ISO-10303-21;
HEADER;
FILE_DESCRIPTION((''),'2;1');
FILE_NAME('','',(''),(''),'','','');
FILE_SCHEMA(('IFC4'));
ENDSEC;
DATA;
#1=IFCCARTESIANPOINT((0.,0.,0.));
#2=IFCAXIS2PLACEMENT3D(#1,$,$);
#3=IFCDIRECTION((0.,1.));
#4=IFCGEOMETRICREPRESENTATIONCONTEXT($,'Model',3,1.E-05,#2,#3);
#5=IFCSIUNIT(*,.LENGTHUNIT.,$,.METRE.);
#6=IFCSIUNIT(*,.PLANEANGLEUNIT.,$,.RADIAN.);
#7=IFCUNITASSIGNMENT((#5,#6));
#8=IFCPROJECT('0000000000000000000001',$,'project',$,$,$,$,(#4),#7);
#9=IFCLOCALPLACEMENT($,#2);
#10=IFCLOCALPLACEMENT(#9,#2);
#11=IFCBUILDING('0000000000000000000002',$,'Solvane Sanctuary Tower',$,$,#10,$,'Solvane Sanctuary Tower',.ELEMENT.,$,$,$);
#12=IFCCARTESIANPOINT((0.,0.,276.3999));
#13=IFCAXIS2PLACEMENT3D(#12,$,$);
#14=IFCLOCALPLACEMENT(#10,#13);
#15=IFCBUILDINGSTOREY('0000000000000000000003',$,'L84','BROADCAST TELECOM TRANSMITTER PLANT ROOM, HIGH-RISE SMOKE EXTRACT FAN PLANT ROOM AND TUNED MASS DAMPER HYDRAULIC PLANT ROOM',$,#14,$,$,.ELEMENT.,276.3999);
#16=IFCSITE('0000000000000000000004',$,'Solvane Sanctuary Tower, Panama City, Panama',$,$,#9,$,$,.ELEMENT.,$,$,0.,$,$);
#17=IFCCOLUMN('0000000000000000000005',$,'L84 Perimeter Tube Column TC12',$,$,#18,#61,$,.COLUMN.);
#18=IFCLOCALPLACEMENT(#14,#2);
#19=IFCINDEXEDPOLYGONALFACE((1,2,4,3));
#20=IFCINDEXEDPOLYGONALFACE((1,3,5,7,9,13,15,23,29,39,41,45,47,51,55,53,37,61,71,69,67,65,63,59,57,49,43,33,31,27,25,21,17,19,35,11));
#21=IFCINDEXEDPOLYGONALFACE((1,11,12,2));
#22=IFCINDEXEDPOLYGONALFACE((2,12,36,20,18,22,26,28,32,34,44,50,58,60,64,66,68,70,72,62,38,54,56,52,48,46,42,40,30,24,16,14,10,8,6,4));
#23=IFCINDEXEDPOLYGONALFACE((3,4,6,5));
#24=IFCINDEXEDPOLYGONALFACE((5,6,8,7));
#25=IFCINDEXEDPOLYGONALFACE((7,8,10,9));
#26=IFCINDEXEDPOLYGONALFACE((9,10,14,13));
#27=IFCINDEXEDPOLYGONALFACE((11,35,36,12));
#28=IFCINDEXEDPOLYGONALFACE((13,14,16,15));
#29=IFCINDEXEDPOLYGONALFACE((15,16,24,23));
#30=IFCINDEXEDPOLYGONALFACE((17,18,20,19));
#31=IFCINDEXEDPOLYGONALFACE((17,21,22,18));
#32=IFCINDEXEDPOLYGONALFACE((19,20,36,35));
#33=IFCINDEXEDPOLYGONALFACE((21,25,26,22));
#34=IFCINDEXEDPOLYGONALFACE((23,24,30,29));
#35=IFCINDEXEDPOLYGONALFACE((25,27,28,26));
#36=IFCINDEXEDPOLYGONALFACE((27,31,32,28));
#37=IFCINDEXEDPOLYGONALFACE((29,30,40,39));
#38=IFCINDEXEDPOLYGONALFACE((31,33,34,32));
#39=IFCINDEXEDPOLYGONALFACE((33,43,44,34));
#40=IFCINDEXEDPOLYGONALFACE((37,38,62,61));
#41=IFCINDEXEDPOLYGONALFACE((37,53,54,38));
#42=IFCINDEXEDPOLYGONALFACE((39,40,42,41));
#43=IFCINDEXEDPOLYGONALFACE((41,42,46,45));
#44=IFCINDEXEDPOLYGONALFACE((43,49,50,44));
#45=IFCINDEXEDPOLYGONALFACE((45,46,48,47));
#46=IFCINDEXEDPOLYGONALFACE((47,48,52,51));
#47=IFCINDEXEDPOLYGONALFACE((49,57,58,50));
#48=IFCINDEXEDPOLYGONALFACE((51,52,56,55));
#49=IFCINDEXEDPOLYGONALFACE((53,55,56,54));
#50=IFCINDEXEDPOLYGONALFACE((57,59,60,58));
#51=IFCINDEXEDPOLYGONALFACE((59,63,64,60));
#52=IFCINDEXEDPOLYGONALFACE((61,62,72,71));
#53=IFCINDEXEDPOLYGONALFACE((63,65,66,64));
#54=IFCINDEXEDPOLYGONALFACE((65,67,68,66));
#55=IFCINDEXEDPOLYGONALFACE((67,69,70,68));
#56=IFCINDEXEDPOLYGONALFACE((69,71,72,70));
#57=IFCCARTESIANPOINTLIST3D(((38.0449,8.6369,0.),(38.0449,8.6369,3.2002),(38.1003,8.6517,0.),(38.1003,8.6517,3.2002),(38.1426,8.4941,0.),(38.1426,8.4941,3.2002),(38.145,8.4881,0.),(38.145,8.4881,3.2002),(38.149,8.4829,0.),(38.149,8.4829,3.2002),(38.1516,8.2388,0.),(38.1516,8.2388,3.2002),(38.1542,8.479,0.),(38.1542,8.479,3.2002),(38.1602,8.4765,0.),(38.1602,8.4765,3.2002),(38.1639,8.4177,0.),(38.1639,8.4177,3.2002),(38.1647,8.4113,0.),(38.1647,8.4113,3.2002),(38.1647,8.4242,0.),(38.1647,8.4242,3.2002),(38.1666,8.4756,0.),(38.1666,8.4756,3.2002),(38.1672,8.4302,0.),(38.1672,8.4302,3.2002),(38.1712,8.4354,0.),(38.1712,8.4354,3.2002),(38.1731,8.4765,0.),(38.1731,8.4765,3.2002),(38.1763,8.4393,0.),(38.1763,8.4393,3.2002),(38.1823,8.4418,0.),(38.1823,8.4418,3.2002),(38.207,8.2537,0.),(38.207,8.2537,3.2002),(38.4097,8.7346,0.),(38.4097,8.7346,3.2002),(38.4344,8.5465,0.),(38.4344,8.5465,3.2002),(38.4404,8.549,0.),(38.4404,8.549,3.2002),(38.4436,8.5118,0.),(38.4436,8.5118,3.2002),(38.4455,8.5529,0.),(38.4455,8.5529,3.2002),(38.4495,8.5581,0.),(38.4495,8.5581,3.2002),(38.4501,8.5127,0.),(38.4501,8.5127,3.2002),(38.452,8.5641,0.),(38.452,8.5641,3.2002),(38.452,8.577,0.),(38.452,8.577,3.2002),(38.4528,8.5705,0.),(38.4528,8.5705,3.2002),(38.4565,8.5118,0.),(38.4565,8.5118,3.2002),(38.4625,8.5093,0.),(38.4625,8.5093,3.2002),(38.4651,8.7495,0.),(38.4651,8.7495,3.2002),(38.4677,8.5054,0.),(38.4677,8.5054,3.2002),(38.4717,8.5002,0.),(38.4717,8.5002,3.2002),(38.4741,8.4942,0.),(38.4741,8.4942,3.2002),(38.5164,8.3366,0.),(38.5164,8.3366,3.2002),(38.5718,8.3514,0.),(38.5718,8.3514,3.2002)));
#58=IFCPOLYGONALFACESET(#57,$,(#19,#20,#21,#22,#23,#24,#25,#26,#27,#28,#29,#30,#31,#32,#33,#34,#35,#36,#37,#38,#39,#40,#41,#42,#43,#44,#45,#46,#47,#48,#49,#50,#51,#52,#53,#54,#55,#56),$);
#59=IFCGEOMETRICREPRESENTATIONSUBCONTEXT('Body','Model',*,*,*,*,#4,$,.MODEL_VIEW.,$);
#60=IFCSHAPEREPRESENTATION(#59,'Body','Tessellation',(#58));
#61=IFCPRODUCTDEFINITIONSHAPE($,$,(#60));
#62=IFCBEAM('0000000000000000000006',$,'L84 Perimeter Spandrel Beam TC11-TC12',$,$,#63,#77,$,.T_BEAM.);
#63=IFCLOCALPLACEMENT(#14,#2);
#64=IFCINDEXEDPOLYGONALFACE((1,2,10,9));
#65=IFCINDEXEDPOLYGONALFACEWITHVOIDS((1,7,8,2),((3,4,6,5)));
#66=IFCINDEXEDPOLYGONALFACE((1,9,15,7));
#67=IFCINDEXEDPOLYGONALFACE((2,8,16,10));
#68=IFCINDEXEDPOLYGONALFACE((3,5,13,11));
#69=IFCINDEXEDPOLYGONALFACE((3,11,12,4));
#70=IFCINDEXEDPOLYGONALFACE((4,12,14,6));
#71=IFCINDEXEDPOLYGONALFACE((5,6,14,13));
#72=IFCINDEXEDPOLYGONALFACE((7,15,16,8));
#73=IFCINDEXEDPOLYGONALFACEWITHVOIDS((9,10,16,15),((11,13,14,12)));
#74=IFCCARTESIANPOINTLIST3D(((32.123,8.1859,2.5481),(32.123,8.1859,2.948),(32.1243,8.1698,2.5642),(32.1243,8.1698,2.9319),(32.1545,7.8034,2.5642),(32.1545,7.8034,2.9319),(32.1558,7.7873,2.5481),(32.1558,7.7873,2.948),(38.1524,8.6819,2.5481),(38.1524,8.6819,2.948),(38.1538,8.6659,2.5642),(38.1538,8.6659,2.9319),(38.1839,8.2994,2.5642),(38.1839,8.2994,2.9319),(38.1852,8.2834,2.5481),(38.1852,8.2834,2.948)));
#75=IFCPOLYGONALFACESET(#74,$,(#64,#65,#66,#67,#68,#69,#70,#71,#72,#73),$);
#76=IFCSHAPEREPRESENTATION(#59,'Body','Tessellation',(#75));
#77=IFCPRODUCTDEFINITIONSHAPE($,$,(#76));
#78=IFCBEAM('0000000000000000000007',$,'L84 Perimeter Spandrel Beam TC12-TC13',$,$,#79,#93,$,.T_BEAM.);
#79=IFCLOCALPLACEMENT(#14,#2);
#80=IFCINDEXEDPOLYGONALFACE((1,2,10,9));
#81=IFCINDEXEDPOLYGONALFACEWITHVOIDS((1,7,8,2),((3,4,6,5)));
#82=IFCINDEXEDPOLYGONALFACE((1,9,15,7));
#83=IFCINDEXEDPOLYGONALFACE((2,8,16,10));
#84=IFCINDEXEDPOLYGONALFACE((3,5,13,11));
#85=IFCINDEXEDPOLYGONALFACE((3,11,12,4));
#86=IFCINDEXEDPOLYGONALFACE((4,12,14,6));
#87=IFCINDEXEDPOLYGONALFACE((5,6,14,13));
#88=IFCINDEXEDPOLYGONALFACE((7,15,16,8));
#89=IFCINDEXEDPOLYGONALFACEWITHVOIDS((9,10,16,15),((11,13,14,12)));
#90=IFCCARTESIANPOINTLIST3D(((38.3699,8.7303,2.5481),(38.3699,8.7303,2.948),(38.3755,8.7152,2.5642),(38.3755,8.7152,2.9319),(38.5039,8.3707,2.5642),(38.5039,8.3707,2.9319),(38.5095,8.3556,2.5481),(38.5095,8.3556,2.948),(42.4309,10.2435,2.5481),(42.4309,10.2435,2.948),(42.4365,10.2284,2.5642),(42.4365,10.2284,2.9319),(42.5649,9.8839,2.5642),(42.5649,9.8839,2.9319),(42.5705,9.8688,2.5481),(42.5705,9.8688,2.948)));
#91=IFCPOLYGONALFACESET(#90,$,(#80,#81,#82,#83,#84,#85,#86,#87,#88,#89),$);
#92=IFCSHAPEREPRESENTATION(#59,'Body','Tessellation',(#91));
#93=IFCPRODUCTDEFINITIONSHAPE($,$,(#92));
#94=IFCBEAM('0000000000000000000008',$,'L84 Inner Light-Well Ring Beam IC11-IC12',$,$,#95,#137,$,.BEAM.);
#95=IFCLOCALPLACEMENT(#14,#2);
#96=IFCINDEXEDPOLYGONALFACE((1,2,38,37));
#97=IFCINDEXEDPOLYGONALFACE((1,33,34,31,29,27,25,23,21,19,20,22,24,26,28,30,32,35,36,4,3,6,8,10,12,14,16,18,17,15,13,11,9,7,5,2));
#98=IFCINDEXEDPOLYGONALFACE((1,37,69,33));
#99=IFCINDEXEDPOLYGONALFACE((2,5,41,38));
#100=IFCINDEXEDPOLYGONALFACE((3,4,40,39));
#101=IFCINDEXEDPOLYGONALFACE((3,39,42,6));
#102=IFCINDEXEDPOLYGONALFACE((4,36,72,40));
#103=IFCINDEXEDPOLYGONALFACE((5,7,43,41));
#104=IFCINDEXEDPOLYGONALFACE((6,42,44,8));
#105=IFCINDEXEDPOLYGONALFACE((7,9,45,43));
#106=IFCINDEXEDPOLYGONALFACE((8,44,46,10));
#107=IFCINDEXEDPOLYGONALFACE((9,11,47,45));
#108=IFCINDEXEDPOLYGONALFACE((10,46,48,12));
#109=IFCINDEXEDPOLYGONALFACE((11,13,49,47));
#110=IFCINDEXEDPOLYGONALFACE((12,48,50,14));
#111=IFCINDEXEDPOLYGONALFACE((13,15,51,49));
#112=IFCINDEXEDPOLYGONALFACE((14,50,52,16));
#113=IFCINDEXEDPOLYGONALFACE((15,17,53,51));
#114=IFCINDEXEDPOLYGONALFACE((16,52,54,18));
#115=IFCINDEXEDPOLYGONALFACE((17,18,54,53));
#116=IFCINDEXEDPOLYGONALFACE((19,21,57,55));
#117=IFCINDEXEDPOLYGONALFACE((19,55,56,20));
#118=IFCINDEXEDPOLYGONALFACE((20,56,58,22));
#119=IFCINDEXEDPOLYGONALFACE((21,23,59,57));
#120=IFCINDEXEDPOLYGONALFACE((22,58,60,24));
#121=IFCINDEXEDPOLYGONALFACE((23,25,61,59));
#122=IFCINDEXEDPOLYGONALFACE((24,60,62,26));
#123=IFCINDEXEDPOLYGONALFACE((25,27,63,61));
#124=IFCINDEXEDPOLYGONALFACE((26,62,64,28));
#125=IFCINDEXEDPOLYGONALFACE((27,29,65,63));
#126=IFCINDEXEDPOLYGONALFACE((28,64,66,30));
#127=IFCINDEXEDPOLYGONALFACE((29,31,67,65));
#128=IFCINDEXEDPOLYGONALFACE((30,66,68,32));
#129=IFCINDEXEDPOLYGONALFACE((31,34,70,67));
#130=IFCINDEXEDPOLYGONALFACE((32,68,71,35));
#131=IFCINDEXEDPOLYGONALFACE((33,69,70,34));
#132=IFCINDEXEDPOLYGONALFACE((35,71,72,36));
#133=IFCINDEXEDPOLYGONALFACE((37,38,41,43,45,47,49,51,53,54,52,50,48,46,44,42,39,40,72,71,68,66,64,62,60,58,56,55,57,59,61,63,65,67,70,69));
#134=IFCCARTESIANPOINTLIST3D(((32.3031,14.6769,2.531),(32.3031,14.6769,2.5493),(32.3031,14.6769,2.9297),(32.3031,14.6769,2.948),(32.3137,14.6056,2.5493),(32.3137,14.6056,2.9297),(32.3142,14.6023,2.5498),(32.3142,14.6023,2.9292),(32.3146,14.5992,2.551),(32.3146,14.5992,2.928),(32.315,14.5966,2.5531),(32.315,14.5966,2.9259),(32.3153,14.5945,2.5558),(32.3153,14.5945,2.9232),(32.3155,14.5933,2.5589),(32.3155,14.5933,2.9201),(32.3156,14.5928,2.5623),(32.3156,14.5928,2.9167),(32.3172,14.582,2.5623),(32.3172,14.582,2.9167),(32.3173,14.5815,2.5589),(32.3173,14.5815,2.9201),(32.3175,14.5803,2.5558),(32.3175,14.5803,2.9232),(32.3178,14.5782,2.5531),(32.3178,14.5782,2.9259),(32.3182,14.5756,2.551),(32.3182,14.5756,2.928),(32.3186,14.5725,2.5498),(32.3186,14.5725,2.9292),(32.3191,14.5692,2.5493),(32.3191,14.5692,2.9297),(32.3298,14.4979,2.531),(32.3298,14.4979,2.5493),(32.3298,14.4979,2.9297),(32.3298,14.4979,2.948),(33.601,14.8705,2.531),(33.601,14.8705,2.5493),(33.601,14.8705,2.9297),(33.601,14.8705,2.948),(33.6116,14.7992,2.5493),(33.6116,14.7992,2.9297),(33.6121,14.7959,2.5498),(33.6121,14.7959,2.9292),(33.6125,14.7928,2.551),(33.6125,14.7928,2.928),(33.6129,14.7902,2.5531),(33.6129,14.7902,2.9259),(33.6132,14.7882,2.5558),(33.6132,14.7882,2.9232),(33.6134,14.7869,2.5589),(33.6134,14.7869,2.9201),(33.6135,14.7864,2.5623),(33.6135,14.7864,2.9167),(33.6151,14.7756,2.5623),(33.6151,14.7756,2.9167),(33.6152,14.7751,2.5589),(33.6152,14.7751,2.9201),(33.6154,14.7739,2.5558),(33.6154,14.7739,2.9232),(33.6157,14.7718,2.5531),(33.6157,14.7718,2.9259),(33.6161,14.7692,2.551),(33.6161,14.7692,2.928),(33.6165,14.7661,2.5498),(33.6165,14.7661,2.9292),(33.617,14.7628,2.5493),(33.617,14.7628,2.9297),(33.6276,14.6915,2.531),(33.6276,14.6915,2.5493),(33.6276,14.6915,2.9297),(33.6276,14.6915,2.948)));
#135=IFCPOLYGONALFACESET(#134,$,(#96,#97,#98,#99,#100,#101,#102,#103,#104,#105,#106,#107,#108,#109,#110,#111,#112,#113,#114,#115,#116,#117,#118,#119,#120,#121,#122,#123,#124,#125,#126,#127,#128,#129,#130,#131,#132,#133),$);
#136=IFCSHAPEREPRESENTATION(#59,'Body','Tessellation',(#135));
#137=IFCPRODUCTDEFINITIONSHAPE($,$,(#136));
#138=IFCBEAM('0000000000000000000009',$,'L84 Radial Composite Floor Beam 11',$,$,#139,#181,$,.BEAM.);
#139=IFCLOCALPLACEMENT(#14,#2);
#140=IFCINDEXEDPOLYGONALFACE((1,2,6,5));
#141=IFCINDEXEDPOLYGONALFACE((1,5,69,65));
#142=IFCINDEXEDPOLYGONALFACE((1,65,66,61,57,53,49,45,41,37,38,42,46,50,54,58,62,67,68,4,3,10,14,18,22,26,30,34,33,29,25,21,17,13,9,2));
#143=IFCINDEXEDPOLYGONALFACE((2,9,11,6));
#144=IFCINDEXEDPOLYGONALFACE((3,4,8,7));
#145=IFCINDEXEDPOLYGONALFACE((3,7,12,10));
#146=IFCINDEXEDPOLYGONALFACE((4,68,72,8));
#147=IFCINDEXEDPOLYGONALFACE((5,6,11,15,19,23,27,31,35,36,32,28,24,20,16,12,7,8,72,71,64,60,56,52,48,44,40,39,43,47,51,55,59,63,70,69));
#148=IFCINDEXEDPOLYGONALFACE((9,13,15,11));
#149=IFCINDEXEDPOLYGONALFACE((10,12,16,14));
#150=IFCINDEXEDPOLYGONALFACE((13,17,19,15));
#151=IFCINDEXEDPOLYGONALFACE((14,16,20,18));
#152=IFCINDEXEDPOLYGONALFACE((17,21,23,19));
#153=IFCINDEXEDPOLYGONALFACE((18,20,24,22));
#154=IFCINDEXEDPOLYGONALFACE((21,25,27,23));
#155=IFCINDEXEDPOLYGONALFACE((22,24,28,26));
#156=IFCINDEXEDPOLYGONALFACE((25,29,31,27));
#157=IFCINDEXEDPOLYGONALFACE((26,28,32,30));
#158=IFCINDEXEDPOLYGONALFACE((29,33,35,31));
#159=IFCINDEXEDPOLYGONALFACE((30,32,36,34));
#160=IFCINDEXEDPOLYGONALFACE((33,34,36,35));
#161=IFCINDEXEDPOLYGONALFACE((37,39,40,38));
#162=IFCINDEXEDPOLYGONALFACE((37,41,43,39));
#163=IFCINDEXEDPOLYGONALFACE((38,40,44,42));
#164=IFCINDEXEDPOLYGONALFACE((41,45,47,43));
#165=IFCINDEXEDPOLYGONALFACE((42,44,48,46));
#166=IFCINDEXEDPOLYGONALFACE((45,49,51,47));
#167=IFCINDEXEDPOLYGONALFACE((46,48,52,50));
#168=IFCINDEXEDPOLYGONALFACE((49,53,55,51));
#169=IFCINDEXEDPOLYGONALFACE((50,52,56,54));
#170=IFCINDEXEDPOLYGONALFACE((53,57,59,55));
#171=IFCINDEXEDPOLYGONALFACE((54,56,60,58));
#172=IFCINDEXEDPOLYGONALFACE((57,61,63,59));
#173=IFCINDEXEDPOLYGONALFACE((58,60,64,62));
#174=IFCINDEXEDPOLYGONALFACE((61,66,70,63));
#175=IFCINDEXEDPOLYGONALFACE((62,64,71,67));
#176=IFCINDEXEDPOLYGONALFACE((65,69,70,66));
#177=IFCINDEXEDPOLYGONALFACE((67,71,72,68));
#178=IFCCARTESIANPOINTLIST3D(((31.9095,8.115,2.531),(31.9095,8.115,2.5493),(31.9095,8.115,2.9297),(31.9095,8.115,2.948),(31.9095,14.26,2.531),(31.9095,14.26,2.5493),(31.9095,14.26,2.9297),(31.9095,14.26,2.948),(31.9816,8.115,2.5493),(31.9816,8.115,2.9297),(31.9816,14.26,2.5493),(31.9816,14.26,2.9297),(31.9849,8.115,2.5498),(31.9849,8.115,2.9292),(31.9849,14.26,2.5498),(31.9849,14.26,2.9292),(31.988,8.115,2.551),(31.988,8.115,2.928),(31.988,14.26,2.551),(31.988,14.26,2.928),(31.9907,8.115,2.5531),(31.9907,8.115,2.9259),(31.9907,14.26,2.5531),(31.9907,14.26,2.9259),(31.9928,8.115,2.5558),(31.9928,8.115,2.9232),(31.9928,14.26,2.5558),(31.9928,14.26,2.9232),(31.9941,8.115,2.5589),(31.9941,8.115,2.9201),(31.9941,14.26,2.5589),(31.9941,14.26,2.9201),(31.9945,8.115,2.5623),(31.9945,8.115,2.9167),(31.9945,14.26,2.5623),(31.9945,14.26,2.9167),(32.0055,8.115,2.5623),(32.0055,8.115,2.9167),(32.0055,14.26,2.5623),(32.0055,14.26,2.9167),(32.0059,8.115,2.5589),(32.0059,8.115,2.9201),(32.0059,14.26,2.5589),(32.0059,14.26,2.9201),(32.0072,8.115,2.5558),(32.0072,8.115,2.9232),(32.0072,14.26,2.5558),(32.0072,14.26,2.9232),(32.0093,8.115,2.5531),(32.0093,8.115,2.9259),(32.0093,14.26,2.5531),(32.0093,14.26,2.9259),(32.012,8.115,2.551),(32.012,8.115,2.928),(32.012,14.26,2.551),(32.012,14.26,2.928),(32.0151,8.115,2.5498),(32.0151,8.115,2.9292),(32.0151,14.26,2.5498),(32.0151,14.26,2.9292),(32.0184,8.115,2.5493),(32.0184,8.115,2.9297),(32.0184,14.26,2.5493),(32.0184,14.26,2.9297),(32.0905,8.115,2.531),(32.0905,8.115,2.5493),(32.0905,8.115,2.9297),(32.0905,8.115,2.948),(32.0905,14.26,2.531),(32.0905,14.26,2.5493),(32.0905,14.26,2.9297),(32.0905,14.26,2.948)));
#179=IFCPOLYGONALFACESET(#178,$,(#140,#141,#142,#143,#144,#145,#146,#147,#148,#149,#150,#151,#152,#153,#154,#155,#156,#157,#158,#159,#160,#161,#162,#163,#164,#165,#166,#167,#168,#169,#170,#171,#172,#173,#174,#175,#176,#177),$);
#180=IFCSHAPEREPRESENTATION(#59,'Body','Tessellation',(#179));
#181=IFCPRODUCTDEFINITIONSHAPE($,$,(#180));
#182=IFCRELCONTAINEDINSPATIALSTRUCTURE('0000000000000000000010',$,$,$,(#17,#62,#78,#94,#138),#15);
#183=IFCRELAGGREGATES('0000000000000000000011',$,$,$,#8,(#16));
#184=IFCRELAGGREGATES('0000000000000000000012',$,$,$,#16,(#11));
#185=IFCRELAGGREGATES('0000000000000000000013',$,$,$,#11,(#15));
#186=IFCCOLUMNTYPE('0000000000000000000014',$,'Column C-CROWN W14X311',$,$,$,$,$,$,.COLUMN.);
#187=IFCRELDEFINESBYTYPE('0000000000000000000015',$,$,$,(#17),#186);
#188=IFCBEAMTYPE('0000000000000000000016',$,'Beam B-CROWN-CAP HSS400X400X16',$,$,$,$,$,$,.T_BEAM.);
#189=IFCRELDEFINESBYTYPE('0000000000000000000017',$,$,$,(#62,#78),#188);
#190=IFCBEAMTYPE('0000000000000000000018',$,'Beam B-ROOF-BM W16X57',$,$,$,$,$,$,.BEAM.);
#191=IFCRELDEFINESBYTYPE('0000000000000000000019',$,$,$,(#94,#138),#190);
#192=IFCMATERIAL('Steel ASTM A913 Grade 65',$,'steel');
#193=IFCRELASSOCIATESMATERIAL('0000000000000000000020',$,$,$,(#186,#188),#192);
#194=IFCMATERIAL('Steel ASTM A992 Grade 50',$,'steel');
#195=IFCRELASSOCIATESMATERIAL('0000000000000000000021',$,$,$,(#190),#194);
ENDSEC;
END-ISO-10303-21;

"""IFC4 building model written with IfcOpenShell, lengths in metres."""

from ifc_helpers import new_model, si_unit, direction, frame, origin, origin_2d, place, context, subcontext, project, spatial, hollow_rectangle, i_section, extrude, material, material_profile, profile_set, type_object, element, save


model = new_model("IFC4")

# Units and contexts
model_context = context("Model", 3, precision=1e-05, world=origin(), true_north=direction((0.0, 1.0)))
body_context = subcontext(model_context, "Body", "Model", "MODEL_VIEW")
ifc_project = project(units=[si_unit("LENGTHUNIT", "METRE"), si_unit("PLANEANGLEUNIT", "RADIAN")], contexts=[model_context])

# Site, building, storey
site_placement = place(None, origin())
site = spatial("IfcSite", under=ifc_project, at=site_placement, Name="Solvane Sanctuary Tower, Panama City, Panama", CompositionType="ELEMENT", RefElevation=0.0)
building_placement = place(site_placement, origin())
building = spatial("IfcBuilding", under=site, at=building_placement, Name="Solvane Sanctuary Tower", LongName="Solvane Sanctuary Tower", CompositionType="ELEMENT")
storey_placement = place(building_placement, frame((0.0, 0.0, 276.3999)))
storey = spatial("IfcBuildingStorey", under=building, at=storey_placement, Name="L84", Description="BROADCAST TELECOM TRANSMITTER PLANT ROOM, HIGH-RISE SMOKE EXTRACT FAN PLANT ROOM AND TUNED MASS DAMPER HYDRAULIC PLANT ROOM", CompositionType="ELEMENT", Elevation=276.3999)

# Column
ifc_material_1 = material(Name="Steel ASTM A913 Grade 65", Category="steel")
ifc_material_profile_1 = material_profile(ifc_material_1, i_section(OverallWidth=0.4121, OverallDepth=0.4351, WebThickness=0.0359, FlangeThickness=0.0574, FilletRadius=0.0249, at=origin_2d()), Name="W14X311")
ifc_profile_set_1 = profile_set([ifc_material_profile_1], Name="Steel ASTM A913 Grade 65")
column_type = type_object("IfcColumnType", Name="Column C-CROWN W14X311", PredefinedType="COLUMN", material=ifc_profile_set_1)
column_placement = place(storey_placement, frame((38.3083, 8.4941, 0.0), z_axis=(0.0, 0.0, 1.0), x_axis=(0.258819, -0.965926, 0.0)))
element("IfcColumn", 1, at=column_placement, inside=storey, type_object=column_type, Name="L84 Perimeter Tube Column TC12", PredefinedType="COLUMN", context=body_context, shape_type="SweptSolid", body=[
    extrude(i_section(OverallWidth=0.4121, OverallDepth=0.4351, WebThickness=0.0359, FlangeThickness=0.0574, FilletRadius=0.0249, at=origin_2d()), origin(), (0.0, 0.0, 1.0), 3.2002),
])

# Beams
ifc_material_profile_2 = material_profile(ifc_material_1, hollow_rectangle(XDim=0.3999, YDim=0.3999, WallThickness=0.0161, at=origin_2d()), Name="HSS400X400X16")
ifc_profile_set_2 = profile_set([ifc_material_profile_2], Name="Steel ASTM A913 Grade 65")
beam_type_1 = type_object("IfcBeamType", Name="Beam B-CROWN-CAP HSS400X400X16", PredefinedType="T_BEAM", material=ifc_profile_set_2)
beam_1_placement = place(storey_placement, frame((32.1394, 7.9866, 2.748), z_axis=(0.996632, 0.082, 0.0), x_axis=(-0.082, 0.996632, 0.0)))
element("IfcBeam", 2, at=beam_1_placement, inside=storey, type_object=beam_type_1, Name="L84 Perimeter Spandrel Beam TC11-TC12", PredefinedType="T_BEAM", context=body_context, shape_type="SweptSolid", body=[
    extrude(hollow_rectangle(XDim=0.3999, YDim=0.3999, WallThickness=0.0161, at=origin_2d()), origin(), (0.0, 0.0, 1.0), 6.0498),
])
beam_2_placement = place(storey_placement, frame((38.4397, 8.543, 2.748), z_axis=(0.937063, 0.349159, 0.0), x_axis=(-0.349159, 0.937063, 0.0)))
element("IfcBeam", 3, at=beam_2_placement, inside=storey, type_object=beam_type_1, Name="L84 Perimeter Spandrel Beam TC12-TC13", PredefinedType="T_BEAM", context=body_context, shape_type="SweptSolid", body=[
    extrude(hollow_rectangle(XDim=0.3999, YDim=0.3999, WallThickness=0.0161, at=origin_2d()), origin(), (0.0, 0.0, 1.0), 4.3337),
])
ifc_material_2 = material(Name="Steel ASTM A992 Grade 50", Category="steel")
ifc_material_profile_3 = material_profile(ifc_material_2, i_section(OverallWidth=0.1809, OverallDepth=0.417, WebThickness=0.011, FlangeThickness=0.0183, FilletRadius=0.0129, at=origin_2d()), Name="W16X57")
ifc_profile_set_3 = profile_set([ifc_material_profile_3], Name="Steel ASTM A992 Grade 50")
beam_type_2 = type_object("IfcBeamType", Name="Beam B-ROOF-BM W16X57", PredefinedType="BEAM", material=ifc_profile_set_3)
beam_3_placement = place(storey_placement, frame((32.3164, 14.5874, 2.7395), z_axis=(0.989056, 0.14754, 0.0), x_axis=(-0.14754, 0.989056, 0.0)))
element("IfcBeam", 4, at=beam_3_placement, inside=storey, type_object=beam_type_2, Name="L84 Inner Light-Well Ring Beam IC11-IC12", PredefinedType="BEAM", context=body_context, shape_type="SweptSolid", body=[
    extrude(i_section(OverallWidth=0.1809, OverallDepth=0.417, WebThickness=0.011, FlangeThickness=0.0183, FilletRadius=0.0129, at=origin_2d()), origin(), (0.0, 0.0, 1.0), 1.3123),
])
beam_4_placement = place(storey_placement, frame((32.0, 14.26, 2.7395), z_axis=(0.0, -1.0, 0.0), x_axis=(1.0, 0.0, 0.0)))
element("IfcBeam", 5, at=beam_4_placement, inside=storey, type_object=beam_type_2, Name="L84 Radial Composite Floor Beam 11", PredefinedType="BEAM", context=body_context, shape_type="SweptSolid", body=[
    extrude(i_section(OverallWidth=0.1809, OverallDepth=0.417, WebThickness=0.011, FlangeThickness=0.0183, FilletRadius=0.0129, at=origin_2d()), origin(), (0.0, 0.0, 1.0), 6.145),
])

save(model, "model.ifc")
